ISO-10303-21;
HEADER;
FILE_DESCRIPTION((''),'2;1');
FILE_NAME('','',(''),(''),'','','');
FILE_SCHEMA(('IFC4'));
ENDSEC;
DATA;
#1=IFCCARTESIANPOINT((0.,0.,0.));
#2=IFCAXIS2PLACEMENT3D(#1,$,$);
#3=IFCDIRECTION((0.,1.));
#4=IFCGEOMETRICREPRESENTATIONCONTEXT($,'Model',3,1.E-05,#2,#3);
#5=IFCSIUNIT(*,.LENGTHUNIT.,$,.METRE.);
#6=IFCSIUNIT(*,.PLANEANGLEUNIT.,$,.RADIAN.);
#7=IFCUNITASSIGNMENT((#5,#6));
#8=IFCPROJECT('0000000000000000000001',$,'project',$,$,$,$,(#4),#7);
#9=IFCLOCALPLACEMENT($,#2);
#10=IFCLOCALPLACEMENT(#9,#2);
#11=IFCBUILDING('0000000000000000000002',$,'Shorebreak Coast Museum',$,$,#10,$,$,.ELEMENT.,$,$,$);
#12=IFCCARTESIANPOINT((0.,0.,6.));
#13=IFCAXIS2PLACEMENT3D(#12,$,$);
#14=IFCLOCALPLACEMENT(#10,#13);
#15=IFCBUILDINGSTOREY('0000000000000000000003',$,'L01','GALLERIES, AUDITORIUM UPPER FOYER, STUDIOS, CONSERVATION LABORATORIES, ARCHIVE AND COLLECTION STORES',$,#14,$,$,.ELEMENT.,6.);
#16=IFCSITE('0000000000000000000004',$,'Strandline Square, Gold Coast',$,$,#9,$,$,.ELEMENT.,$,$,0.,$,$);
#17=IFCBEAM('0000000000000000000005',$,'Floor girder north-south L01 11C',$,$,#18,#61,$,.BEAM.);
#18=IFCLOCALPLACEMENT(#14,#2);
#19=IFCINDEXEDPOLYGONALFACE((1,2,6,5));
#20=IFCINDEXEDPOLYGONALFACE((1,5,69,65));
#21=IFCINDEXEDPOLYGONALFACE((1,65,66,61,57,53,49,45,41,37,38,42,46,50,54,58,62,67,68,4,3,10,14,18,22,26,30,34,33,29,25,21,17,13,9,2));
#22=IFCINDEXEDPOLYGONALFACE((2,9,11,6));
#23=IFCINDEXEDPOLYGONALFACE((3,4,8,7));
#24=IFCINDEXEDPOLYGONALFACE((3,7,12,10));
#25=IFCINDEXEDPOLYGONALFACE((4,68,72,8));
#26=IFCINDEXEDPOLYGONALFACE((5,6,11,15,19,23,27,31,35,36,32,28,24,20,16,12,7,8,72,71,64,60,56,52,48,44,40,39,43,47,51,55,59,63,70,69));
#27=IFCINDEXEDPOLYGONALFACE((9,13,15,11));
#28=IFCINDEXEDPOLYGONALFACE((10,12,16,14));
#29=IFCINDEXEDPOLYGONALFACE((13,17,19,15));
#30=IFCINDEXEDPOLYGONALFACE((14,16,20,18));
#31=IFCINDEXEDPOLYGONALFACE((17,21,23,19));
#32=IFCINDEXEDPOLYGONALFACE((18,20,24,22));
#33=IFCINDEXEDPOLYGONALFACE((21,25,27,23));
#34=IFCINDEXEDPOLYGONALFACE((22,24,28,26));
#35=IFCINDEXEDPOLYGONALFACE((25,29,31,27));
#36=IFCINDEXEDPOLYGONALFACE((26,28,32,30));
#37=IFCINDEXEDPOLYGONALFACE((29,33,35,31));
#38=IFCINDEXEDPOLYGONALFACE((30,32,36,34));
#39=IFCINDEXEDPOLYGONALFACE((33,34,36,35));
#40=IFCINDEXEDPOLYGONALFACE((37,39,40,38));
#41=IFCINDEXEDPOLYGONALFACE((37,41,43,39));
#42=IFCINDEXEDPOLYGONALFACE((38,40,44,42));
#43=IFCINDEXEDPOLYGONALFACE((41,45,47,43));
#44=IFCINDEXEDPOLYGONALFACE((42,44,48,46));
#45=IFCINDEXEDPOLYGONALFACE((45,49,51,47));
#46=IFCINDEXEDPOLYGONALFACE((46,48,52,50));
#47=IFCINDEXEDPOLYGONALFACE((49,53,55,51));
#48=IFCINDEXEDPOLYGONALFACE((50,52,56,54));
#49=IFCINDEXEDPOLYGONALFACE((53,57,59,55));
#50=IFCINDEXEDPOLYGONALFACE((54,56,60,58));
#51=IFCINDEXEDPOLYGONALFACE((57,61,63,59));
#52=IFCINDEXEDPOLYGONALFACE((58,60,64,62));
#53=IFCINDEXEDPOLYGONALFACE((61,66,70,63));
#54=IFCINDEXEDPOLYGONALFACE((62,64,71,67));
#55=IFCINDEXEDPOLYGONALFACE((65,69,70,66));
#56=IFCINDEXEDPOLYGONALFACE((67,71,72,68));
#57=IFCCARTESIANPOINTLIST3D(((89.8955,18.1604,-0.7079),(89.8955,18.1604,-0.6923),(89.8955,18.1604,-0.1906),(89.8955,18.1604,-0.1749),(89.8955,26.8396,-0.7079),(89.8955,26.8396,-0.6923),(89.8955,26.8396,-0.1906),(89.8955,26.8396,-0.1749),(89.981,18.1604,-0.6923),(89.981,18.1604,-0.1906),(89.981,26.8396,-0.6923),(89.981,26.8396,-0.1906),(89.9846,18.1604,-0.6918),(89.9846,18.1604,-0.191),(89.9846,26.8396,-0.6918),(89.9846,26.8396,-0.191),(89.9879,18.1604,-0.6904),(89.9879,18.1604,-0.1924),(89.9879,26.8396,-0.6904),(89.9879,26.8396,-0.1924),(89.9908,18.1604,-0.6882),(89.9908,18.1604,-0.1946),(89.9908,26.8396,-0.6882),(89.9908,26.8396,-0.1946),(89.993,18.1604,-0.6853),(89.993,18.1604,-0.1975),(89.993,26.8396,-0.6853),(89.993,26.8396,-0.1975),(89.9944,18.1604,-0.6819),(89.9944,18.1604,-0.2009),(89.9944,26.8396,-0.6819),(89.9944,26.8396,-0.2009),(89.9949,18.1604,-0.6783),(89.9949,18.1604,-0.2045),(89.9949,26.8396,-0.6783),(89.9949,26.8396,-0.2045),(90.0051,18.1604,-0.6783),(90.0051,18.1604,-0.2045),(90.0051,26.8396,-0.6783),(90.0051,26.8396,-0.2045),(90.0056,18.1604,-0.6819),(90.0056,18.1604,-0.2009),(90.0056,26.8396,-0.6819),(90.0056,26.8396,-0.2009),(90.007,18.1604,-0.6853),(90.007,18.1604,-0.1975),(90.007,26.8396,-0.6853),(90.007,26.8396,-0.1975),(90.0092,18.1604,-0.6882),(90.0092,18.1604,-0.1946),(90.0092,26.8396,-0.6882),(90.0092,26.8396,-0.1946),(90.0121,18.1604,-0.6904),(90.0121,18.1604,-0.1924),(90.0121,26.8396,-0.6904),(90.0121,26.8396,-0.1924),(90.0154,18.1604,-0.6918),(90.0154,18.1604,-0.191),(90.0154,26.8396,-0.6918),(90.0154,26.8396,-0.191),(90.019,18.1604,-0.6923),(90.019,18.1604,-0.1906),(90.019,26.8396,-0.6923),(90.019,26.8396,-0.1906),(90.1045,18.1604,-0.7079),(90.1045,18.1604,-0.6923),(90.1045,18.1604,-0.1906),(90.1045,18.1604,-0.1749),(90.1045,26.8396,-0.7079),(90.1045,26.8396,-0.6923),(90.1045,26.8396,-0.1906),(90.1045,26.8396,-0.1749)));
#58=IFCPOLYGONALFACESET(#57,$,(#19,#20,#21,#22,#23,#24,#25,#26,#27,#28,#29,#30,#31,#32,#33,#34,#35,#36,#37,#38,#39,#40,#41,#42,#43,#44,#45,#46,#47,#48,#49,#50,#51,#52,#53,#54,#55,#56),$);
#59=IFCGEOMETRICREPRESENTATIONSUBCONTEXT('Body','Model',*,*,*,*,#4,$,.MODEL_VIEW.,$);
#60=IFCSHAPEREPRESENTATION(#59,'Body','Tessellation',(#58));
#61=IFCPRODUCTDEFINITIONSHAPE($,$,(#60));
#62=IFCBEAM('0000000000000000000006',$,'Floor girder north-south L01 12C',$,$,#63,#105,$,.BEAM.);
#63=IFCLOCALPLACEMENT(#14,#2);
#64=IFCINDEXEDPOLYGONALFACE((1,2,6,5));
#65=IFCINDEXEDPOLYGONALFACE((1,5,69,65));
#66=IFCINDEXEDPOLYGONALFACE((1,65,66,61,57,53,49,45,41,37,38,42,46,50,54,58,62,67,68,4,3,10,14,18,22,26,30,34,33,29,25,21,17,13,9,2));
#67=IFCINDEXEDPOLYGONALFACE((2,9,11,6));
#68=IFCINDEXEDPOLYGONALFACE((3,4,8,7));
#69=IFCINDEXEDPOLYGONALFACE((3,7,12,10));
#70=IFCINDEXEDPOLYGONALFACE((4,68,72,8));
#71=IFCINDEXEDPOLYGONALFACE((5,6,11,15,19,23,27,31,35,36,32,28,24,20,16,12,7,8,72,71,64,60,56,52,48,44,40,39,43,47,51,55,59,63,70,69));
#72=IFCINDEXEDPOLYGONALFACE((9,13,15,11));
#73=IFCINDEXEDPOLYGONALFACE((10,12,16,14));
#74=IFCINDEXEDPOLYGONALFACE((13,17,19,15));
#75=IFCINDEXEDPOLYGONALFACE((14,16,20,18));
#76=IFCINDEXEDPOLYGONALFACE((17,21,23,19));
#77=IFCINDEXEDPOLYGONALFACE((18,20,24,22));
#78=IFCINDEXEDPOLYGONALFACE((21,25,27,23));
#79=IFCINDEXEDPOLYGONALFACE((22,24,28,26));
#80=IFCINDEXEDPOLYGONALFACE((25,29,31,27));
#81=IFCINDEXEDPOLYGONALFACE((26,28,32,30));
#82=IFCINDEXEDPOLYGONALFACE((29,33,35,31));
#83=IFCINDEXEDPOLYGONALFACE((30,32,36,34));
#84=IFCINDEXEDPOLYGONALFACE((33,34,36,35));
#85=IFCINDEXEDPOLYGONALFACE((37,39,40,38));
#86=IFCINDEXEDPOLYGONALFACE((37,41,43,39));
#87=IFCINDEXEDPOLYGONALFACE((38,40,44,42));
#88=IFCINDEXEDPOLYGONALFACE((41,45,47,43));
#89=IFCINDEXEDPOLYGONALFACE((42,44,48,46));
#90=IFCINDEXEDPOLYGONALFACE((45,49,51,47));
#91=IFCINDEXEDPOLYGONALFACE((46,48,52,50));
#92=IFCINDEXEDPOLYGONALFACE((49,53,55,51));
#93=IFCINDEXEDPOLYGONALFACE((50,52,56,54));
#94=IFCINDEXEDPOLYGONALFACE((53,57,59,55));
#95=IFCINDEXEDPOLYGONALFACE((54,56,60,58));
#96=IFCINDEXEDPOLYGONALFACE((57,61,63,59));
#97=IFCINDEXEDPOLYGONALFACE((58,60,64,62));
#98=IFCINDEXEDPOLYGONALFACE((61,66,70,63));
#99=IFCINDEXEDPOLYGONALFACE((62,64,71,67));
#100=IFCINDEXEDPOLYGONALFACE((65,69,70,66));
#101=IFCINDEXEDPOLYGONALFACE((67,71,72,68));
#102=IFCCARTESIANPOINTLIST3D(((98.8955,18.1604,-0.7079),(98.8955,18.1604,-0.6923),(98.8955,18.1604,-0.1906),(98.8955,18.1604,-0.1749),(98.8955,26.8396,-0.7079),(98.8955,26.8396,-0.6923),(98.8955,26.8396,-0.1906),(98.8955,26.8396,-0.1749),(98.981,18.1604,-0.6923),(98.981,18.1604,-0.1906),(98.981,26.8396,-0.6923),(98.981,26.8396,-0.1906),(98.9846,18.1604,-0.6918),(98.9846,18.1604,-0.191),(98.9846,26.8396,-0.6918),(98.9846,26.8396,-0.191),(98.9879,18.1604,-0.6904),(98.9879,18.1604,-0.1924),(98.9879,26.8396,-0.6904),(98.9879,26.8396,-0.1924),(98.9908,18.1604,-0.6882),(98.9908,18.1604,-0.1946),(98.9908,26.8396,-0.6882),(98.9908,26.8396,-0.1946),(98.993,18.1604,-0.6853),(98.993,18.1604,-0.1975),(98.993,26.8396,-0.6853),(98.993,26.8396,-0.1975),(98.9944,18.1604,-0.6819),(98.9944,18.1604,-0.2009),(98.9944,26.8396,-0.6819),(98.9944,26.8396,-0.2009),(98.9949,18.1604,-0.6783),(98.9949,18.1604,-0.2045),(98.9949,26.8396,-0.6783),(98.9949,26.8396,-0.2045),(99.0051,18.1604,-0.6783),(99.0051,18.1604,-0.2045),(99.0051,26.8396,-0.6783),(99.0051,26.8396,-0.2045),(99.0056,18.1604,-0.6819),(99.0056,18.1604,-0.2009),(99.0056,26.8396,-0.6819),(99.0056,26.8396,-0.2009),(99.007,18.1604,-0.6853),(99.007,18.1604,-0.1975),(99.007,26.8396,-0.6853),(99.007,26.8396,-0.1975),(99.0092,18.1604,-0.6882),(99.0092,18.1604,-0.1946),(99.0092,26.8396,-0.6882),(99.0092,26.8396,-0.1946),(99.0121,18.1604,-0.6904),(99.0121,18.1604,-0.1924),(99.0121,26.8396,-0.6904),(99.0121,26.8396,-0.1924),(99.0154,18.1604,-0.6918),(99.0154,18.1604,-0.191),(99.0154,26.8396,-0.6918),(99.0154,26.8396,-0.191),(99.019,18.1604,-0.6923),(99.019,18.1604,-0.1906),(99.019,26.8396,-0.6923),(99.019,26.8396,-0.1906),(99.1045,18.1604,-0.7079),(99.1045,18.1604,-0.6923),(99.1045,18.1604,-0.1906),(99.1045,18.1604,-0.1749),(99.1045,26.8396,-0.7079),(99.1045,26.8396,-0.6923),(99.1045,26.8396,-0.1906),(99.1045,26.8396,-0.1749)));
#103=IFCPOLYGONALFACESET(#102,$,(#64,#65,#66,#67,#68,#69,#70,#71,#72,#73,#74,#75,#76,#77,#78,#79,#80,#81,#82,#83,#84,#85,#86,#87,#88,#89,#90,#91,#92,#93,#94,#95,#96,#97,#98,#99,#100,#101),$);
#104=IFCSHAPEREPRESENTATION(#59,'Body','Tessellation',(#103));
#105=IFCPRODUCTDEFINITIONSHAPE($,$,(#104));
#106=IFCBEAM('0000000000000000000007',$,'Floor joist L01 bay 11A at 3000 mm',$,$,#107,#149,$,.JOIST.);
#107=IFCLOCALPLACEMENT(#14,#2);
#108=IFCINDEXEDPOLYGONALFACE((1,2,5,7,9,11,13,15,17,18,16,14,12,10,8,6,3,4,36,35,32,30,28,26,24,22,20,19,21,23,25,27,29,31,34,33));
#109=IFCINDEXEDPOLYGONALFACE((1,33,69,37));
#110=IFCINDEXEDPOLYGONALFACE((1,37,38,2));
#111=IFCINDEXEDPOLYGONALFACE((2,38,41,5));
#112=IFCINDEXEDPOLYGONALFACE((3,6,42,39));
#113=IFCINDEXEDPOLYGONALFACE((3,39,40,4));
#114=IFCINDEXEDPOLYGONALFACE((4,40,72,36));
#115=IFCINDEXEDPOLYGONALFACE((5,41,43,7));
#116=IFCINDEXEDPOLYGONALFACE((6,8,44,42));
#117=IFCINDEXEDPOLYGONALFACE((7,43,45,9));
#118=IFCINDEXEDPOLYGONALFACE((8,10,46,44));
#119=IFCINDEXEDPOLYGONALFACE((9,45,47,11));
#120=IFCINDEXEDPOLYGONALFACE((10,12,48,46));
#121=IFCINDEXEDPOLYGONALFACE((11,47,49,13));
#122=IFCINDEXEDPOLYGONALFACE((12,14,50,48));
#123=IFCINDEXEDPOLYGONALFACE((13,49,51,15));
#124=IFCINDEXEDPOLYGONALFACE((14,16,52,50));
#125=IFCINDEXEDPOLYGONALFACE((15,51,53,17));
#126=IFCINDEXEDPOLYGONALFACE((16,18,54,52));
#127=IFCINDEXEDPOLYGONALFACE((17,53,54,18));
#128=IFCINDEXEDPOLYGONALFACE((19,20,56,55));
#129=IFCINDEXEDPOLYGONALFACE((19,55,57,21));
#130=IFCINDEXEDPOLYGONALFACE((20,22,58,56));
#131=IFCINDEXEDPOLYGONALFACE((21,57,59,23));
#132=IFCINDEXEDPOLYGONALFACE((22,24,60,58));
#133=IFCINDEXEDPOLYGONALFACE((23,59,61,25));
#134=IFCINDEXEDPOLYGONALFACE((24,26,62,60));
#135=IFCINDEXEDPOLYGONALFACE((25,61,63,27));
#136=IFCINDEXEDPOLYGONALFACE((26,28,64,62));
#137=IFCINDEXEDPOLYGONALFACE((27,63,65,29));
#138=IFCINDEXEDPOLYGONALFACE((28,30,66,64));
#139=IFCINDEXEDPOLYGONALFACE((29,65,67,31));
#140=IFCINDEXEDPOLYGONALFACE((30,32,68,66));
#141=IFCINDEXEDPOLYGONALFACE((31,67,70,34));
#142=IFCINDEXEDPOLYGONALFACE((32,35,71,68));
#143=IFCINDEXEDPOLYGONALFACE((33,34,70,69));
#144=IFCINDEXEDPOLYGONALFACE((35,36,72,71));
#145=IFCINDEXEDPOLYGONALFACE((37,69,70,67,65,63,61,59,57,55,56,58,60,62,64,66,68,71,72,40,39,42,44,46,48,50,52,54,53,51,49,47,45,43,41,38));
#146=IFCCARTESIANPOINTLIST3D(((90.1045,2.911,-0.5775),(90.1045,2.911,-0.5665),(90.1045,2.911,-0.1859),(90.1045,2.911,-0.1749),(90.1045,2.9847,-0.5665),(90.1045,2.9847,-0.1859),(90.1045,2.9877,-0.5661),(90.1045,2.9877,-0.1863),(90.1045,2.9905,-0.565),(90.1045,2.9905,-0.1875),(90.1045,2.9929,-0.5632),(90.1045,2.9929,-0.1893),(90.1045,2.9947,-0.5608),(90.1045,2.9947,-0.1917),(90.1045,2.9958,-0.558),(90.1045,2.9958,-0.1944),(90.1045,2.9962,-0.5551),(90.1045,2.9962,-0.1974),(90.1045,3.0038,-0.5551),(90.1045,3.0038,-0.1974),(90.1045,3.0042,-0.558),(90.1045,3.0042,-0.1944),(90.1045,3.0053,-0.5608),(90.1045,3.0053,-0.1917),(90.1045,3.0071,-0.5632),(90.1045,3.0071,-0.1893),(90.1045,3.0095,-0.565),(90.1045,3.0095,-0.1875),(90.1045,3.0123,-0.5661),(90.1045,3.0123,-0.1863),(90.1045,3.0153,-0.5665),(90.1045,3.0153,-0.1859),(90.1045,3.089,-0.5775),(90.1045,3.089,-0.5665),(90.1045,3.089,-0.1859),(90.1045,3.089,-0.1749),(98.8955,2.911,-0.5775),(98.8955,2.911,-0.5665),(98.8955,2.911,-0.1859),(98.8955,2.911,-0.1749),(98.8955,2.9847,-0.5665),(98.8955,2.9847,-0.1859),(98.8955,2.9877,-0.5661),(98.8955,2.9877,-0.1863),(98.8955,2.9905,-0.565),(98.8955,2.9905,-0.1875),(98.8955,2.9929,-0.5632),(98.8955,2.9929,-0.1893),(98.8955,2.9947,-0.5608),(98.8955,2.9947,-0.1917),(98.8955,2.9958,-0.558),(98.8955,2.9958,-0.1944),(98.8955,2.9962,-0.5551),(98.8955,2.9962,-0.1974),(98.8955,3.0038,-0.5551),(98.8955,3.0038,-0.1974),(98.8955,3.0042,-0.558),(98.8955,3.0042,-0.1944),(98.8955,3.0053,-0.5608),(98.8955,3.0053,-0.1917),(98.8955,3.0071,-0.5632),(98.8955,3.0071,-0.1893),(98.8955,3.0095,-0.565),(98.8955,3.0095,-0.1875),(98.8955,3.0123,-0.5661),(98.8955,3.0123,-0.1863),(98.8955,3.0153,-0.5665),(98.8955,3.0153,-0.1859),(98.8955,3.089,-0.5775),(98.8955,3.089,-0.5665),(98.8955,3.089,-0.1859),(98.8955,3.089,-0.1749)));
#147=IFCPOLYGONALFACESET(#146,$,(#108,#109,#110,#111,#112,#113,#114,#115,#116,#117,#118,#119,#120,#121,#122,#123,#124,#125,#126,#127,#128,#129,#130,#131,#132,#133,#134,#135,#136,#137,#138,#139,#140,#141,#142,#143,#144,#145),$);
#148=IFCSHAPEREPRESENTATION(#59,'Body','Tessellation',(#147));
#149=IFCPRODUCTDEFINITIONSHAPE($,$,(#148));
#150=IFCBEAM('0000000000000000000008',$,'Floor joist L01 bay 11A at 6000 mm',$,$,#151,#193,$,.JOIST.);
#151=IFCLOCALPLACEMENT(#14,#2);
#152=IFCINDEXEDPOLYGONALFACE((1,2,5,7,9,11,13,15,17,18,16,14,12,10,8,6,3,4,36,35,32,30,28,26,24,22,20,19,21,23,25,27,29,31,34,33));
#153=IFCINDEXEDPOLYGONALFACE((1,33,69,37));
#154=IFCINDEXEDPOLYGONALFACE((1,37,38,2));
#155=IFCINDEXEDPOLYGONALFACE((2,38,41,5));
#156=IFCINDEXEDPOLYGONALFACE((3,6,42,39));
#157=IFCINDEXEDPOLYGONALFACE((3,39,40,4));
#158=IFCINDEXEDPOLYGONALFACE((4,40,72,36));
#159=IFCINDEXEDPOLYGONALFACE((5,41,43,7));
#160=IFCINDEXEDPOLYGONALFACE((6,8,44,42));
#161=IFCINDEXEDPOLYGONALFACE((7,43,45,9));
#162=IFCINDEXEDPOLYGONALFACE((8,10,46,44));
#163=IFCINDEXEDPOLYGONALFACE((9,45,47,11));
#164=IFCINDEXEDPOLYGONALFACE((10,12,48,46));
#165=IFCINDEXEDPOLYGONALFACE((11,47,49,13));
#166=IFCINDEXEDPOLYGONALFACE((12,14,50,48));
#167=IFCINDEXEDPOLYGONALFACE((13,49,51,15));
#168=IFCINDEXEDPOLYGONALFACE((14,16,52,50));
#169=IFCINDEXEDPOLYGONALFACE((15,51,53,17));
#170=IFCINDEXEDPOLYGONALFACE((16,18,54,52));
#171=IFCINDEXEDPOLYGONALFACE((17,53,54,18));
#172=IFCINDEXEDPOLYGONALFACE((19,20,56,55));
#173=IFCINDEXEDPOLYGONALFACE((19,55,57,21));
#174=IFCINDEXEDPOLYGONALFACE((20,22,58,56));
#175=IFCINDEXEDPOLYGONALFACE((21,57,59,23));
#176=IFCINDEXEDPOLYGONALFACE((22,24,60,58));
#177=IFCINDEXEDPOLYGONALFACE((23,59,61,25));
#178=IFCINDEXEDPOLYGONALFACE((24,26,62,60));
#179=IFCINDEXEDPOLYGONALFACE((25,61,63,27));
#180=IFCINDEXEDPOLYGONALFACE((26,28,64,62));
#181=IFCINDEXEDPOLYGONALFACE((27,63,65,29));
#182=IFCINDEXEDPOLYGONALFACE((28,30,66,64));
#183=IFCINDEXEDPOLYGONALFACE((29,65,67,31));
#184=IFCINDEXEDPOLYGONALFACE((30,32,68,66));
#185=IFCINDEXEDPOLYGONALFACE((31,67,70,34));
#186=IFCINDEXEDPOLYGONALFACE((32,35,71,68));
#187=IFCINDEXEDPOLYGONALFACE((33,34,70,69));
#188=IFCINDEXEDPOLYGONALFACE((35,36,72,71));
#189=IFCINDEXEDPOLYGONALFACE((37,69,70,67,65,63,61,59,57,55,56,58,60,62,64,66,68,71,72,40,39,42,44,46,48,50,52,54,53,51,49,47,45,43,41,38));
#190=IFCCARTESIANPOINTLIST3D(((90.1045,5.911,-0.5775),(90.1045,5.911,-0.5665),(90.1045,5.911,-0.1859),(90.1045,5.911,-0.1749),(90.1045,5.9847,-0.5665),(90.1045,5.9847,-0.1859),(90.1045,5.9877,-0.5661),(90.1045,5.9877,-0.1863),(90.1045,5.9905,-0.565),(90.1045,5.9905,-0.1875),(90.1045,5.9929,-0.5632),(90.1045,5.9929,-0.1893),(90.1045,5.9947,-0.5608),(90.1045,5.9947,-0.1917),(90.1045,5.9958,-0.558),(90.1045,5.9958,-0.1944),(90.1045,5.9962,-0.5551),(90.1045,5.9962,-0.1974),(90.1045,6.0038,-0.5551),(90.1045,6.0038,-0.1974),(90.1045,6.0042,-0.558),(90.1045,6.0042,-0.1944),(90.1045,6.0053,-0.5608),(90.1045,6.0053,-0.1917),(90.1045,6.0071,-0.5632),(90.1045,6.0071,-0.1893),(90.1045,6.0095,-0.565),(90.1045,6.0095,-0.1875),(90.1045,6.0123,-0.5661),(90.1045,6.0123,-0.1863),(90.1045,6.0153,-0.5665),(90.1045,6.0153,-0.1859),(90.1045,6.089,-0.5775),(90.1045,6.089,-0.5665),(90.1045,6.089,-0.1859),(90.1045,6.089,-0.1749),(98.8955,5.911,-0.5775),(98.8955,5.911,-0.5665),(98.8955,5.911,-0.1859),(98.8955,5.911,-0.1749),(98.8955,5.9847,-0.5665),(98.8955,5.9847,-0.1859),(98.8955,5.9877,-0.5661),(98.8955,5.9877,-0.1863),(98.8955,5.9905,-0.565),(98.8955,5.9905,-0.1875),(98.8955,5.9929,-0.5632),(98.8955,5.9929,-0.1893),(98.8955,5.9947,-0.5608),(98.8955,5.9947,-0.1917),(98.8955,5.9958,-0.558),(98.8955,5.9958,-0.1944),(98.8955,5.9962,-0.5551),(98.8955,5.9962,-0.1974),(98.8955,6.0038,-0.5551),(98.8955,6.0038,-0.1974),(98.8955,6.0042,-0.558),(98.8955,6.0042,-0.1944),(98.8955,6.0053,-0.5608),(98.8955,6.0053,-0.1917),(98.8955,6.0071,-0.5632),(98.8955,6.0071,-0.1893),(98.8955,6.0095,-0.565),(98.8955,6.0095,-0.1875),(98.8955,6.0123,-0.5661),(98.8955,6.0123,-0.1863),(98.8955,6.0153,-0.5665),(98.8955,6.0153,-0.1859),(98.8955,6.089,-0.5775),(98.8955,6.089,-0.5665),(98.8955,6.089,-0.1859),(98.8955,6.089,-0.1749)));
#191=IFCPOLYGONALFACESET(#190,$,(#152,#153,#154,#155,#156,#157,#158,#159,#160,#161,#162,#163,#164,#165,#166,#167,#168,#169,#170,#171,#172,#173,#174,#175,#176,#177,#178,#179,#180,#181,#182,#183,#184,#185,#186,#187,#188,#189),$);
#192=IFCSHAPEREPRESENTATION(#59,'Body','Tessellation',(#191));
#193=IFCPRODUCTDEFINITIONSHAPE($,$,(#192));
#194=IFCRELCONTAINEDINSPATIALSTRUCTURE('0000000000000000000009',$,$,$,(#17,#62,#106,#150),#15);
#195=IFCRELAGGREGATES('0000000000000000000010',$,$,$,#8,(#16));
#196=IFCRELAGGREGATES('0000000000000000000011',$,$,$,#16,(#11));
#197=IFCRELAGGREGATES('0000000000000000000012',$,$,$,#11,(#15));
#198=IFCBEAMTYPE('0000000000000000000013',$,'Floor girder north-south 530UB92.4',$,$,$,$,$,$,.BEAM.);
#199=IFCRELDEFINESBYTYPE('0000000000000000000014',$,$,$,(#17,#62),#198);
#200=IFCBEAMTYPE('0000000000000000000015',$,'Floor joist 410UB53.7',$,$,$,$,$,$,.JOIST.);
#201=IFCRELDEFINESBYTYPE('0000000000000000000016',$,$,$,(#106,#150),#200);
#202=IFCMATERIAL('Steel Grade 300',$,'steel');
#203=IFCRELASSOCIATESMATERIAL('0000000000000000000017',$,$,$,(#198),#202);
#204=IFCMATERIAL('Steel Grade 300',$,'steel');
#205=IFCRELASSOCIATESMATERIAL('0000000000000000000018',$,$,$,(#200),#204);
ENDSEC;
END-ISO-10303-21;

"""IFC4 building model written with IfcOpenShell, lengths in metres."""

from ifc_helpers import new_model, si_unit, direction, frame, origin, origin_2d, place, context, subcontext, project, spatial, i_section, extrude, material, material_profile, profile_set, type_object, element, save


model = new_model("IFC4")

# Units and contexts
model_context = context("Model", 3, precision=1e-05, world=origin(), true_north=direction((0.0, 1.0)))
body_context = subcontext(model_context, "Body", "Model", "MODEL_VIEW")
ifc_project = project(units=[si_unit("LENGTHUNIT", "METRE"), si_unit("PLANEANGLEUNIT", "RADIAN")], contexts=[model_context])

# Site, building, storey
site_placement = place(None, origin())
site = spatial("IfcSite", under=ifc_project, at=site_placement, Name="Strandline Square, Gold Coast", CompositionType="ELEMENT", RefElevation=0.0)
building_placement = place(site_placement, origin())
building = spatial("IfcBuilding", under=site, at=building_placement, Name="Shorebreak Coast Museum", CompositionType="ELEMENT")
storey_placement = place(building_placement, frame((0.0, 0.0, 6.0)))
storey = spatial("IfcBuildingStorey", under=building, at=storey_placement, Name="L01", Description="GALLERIES, AUDITORIUM UPPER FOYER, STUDIOS, CONSERVATION LABORATORIES, ARCHIVE AND COLLECTION STORES", CompositionType="ELEMENT", Elevation=6.0)

# Beams
ifc_material_1 = material(Name="Steel Grade 300", Category="steel")
ifc_material_profile_1 = material_profile(ifc_material_1, i_section(OverallWidth=0.209, OverallDepth=0.533, WebThickness=0.0103, FlangeThickness=0.0156, FilletRadius=0.0139, at=origin_2d()), Name="530UB92.4")
ifc_profile_set_1 = profile_set([ifc_material_profile_1], Name="Steel Grade 300")
beam_type_1 = type_object("IfcBeamType", Name="Floor girder north-south 530UB92.4", PredefinedType="BEAM", material=ifc_profile_set_1)
for number, where, z_axis, x_axis, name in (
    (1, (90.0, 18.1604, -0.4414), (0.0, 1.0, 0.0), (-1.0, 0.0, 0.0), "Floor girder north-south L01 11C"),
    (2, (99.0, 18.1604, -0.4414), (0.0, 1.0, 0.0), (-1.0, 0.0, 0.0), "Floor girder north-south L01 12C"),
):
    element("IfcBeam", number, at=place(storey_placement, frame(where, z_axis=z_axis, x_axis=x_axis)), inside=storey, type_object=beam_type_1, Name=name, PredefinedType="BEAM", context=body_context, shape_type="SweptSolid", body=[
        extrude(i_section(OverallWidth=0.209, OverallDepth=0.533, WebThickness=0.0103, FlangeThickness=0.0156, FilletRadius=0.0139, at=origin_2d()), origin(), (0.0, 0.0, 1.0), 8.6792),
    ])
ifc_material_2 = material(Name="Steel Grade 300", Category="steel")
ifc_material_profile_2 = material_profile(ifc_material_2, i_section(OverallWidth=0.178, OverallDepth=0.4026, WebThickness=0.0076, FlangeThickness=0.011, FilletRadius=0.0115, at=origin_2d()), Name="410UB53.7")
ifc_profile_set_2 = profile_set([ifc_material_profile_2], Name="Steel Grade 300")
beam_type_2 = type_object("IfcBeamType", Name="Floor joist 410UB53.7", PredefinedType="JOIST", material=ifc_profile_set_2)
for number, where, z_axis, x_axis, name in (
    (3, (90.1045, 3.0, -0.3762), (1.0, 0.0, 0.0), (0.0, 1.0, 0.0), "Floor joist L01 bay 11A at 3000 mm"),
    (4, (90.1045, 6.0, -0.3762), (1.0, 0.0, 0.0), (0.0, 1.0, 0.0), "Floor joist L01 bay 11A at 6000 mm"),
):
    element("IfcBeam", number, at=place(storey_placement, frame(where, z_axis=z_axis, x_axis=x_axis)), inside=storey, type_object=beam_type_2, Name=name, PredefinedType="JOIST", context=body_context, shape_type="SweptSolid", body=[
        extrude(i_section(OverallWidth=0.178, OverallDepth=0.4026, WebThickness=0.0076, FlangeThickness=0.011, FilletRadius=0.0115, at=origin_2d()), origin(), (0.0, 0.0, 1.0), 8.791),
    ])

save(model, "model.ifc")
